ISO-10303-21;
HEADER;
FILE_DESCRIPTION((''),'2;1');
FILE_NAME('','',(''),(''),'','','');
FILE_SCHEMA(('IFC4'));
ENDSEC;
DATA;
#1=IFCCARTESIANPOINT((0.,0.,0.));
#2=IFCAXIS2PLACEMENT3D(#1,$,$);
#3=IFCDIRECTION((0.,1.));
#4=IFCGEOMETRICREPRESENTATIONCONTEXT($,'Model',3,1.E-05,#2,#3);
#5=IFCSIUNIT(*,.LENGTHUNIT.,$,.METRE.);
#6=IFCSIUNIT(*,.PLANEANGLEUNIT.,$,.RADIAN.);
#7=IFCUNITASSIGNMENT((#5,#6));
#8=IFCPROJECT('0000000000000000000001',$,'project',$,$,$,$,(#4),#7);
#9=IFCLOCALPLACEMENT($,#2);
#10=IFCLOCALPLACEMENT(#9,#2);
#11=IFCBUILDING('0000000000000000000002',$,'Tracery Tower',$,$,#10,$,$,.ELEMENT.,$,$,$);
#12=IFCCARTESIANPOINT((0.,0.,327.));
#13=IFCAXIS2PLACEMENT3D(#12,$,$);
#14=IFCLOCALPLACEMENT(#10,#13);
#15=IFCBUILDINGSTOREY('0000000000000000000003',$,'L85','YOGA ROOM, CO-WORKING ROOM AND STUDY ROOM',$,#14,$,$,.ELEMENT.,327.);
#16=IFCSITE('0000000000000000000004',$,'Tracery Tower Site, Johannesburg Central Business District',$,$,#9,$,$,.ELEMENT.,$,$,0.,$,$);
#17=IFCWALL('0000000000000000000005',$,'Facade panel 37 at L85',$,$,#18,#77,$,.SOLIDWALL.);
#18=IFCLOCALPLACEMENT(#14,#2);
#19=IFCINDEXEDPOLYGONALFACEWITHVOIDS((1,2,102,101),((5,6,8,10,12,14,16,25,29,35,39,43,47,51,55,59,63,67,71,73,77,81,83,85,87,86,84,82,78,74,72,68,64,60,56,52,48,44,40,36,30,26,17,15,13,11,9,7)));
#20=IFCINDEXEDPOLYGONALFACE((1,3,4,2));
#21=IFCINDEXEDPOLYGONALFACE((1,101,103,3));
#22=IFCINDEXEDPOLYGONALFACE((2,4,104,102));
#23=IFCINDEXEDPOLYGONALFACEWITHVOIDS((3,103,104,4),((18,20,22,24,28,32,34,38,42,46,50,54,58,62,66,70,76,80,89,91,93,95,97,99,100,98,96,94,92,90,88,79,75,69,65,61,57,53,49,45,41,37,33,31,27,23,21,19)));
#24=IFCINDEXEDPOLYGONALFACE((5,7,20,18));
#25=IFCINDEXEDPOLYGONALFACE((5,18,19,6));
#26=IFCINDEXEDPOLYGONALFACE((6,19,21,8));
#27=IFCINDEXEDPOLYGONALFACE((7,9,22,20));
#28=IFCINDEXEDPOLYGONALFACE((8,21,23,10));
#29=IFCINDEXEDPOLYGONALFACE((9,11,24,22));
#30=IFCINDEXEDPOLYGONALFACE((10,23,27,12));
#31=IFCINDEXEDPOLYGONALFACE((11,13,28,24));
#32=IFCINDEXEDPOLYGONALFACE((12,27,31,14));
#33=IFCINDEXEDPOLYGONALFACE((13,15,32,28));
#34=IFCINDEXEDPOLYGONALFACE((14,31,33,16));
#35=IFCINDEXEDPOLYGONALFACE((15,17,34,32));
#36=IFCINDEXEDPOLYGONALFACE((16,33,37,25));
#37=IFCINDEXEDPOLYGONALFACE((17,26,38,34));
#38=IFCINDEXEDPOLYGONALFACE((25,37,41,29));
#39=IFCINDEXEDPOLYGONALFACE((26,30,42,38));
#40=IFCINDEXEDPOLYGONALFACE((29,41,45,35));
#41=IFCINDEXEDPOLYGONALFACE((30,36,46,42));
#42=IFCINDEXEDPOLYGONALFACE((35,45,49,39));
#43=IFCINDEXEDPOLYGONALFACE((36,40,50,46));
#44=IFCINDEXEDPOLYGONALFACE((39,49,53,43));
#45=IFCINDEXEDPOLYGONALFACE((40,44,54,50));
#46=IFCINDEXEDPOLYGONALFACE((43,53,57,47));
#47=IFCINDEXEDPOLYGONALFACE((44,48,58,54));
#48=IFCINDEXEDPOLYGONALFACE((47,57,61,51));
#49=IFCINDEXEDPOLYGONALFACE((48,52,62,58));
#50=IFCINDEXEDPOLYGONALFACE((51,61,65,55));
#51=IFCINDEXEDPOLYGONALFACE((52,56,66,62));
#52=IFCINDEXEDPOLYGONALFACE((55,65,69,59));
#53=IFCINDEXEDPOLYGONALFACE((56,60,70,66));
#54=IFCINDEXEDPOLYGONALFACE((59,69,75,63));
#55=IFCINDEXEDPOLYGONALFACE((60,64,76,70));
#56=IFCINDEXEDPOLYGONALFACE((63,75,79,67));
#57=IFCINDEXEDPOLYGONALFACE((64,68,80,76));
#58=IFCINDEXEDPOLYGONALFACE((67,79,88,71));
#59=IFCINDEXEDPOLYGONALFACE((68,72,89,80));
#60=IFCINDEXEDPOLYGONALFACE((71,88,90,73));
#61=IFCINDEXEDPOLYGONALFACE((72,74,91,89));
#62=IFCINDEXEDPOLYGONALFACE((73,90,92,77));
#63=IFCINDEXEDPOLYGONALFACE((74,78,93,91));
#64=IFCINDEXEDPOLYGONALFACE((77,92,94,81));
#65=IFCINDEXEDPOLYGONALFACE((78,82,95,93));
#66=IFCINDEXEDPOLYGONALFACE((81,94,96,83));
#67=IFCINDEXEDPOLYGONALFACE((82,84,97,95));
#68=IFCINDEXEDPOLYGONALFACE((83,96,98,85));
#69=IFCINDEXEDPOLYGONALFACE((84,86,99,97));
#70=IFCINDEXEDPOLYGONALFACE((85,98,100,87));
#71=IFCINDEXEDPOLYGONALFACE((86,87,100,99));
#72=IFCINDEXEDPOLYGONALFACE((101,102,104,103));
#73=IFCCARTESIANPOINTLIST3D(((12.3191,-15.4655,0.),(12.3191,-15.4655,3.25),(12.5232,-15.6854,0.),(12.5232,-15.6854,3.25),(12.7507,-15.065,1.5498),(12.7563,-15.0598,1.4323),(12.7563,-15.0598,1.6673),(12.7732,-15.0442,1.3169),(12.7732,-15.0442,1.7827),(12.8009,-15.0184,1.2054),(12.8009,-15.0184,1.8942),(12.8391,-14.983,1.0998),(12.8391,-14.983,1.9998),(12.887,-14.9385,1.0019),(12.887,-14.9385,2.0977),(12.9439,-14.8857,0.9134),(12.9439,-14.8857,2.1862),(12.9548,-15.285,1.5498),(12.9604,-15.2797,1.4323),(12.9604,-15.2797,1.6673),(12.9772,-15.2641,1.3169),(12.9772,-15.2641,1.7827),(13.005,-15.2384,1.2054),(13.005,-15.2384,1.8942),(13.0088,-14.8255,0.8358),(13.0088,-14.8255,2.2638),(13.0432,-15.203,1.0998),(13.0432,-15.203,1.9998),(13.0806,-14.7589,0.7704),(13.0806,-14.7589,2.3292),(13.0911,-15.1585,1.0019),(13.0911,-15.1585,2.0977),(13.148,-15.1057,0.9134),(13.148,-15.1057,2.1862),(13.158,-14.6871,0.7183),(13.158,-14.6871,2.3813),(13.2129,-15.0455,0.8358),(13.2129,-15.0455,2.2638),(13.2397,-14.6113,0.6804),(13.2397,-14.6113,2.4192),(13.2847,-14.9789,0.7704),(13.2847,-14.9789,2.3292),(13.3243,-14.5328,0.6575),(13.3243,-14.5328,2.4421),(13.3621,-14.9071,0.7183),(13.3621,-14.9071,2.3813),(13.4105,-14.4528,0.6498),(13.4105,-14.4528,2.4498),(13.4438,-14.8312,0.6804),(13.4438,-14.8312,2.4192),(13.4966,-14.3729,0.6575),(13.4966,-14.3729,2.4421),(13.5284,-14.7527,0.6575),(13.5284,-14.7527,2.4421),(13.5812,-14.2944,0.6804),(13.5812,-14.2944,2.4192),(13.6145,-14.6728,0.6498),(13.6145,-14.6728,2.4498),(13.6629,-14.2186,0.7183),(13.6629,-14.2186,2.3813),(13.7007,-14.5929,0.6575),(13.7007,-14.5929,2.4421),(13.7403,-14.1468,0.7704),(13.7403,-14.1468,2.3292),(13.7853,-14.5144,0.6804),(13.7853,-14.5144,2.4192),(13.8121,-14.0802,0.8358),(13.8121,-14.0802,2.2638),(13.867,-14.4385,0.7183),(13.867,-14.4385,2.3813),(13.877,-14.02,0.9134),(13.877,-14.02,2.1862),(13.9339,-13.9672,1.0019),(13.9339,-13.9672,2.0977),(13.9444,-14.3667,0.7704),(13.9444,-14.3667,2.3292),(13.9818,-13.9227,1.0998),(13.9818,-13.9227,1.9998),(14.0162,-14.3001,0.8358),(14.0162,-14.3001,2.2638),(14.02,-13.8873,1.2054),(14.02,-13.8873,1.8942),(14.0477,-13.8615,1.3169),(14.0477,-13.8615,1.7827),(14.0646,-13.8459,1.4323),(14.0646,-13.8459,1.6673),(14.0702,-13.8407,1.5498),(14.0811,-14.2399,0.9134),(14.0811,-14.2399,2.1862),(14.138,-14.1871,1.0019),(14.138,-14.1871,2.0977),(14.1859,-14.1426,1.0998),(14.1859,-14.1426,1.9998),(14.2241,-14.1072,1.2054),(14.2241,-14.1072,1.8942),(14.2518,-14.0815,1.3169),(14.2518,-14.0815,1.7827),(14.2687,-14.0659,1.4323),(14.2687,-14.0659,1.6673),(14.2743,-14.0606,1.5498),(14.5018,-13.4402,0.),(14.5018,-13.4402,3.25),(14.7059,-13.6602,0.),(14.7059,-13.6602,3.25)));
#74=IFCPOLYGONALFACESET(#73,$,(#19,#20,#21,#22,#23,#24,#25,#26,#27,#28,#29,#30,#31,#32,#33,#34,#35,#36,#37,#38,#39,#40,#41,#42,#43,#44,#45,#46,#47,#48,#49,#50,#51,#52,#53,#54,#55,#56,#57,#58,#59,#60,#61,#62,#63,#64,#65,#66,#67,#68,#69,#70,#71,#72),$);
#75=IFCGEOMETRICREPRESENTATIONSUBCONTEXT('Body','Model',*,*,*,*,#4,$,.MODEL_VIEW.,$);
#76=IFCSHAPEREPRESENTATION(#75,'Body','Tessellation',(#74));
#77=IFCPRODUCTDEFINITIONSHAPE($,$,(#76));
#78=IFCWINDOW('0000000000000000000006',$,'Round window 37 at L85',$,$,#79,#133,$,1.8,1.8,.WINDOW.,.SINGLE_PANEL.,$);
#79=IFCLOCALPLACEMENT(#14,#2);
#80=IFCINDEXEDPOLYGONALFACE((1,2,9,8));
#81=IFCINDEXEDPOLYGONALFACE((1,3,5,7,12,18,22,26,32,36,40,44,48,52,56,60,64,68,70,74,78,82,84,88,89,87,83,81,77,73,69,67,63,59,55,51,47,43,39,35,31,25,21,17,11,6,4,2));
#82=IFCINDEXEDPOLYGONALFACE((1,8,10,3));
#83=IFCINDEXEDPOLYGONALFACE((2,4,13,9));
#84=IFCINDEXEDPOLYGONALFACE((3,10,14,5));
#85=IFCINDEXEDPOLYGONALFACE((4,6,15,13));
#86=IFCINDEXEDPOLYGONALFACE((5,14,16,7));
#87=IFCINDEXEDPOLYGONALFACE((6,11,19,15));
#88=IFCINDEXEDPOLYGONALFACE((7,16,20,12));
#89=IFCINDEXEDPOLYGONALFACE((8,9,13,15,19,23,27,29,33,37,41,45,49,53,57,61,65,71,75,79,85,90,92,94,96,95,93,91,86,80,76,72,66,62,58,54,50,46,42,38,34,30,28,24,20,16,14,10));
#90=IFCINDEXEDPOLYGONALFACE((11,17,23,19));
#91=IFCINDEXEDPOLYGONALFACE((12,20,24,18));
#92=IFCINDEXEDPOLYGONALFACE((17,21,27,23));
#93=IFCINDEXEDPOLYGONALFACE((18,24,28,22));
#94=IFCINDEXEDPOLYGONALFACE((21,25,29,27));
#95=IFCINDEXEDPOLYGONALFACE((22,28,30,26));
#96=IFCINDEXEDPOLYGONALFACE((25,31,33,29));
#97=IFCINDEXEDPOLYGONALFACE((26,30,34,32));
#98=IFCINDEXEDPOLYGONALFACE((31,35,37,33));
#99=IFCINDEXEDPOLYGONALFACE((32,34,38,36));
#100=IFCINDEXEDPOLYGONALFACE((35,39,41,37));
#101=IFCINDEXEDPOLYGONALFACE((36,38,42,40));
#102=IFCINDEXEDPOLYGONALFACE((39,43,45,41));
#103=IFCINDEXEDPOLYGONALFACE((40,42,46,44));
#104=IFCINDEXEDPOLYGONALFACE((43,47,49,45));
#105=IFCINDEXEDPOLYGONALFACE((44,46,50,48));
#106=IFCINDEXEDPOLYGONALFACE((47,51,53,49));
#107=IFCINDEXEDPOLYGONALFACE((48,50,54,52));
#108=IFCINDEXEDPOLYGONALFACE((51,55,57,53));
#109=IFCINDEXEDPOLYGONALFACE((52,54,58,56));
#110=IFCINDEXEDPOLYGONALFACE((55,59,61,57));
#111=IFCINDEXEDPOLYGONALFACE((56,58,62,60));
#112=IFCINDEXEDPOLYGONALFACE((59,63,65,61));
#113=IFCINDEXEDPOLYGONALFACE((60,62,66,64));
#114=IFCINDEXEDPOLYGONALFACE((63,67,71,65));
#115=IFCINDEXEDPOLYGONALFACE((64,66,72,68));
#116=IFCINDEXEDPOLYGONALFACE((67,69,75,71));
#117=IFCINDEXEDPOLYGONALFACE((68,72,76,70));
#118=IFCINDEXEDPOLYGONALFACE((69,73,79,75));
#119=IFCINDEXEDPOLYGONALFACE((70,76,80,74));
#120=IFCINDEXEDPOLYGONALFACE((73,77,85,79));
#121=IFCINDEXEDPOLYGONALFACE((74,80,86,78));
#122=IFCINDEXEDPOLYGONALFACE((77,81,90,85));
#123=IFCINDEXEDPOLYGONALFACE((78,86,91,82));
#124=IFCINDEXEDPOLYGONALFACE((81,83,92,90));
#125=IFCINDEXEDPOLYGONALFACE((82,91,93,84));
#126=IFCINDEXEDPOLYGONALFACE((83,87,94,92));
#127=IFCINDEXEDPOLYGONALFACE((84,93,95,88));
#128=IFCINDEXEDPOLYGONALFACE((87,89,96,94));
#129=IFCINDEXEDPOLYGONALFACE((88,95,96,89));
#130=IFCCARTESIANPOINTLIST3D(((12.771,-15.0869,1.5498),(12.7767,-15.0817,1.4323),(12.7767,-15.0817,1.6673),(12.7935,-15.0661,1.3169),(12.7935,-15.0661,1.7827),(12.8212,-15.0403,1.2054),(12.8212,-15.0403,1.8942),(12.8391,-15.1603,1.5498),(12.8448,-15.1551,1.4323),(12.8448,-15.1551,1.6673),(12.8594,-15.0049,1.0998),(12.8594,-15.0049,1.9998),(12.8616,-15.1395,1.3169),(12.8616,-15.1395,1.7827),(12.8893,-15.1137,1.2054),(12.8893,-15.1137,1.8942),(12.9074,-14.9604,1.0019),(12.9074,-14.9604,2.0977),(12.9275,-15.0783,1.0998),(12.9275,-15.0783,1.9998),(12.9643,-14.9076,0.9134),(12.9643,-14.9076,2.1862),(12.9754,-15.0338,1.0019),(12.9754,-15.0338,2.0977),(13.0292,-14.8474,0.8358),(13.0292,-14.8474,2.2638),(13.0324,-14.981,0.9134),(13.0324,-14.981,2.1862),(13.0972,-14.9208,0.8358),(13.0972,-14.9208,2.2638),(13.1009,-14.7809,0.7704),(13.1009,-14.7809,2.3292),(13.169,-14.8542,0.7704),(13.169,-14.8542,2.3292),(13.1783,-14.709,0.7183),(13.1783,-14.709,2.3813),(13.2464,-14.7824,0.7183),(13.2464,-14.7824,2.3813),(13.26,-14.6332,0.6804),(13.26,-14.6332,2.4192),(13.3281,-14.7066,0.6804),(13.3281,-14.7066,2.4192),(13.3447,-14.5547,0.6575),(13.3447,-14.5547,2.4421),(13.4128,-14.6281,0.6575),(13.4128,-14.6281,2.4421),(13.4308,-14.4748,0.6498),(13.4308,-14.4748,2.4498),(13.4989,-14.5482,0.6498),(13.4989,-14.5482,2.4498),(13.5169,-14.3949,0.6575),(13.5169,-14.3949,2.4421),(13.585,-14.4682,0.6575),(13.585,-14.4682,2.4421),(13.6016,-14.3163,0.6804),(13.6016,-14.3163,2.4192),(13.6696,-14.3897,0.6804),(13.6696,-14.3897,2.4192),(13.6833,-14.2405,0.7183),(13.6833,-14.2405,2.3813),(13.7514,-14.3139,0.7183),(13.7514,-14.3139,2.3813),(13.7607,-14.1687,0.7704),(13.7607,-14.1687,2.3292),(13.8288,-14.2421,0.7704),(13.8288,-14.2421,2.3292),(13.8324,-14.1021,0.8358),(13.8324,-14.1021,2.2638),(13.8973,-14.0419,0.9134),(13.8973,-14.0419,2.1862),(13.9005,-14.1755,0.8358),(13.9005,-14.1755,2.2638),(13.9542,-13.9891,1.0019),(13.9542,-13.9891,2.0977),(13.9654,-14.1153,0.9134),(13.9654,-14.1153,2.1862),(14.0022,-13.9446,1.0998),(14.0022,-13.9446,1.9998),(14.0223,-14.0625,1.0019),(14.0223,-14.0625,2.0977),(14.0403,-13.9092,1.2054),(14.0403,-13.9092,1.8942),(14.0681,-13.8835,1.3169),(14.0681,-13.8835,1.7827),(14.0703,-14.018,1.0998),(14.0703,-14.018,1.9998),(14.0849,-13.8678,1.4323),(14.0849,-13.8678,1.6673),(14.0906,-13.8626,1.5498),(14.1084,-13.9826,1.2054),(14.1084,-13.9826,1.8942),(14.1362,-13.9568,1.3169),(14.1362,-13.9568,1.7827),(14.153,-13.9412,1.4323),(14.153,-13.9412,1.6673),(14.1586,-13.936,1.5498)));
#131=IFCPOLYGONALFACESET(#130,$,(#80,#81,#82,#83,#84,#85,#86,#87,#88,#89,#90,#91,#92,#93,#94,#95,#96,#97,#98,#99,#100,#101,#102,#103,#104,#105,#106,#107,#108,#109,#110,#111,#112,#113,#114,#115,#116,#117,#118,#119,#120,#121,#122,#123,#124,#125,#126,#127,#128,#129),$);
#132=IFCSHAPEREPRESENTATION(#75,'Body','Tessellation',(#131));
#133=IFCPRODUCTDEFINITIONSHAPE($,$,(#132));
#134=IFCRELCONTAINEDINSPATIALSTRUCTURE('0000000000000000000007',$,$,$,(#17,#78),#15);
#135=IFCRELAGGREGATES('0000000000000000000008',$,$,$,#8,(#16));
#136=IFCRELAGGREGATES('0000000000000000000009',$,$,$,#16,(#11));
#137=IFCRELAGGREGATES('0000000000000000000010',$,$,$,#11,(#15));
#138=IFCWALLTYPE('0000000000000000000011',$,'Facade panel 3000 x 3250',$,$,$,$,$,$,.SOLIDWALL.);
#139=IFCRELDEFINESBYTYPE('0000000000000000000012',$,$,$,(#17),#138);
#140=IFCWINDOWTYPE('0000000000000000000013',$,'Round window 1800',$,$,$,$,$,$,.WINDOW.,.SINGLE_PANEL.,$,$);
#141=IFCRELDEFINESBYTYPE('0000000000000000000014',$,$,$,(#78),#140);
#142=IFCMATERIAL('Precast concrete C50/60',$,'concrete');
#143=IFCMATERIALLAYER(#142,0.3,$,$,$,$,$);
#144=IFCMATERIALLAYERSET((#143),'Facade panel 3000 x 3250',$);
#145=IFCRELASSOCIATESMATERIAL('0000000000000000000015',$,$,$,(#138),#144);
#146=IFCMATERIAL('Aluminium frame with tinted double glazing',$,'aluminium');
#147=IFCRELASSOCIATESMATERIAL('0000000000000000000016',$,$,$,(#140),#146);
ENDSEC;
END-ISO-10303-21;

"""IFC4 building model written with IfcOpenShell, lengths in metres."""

from ifc_helpers import new_model, si_unit, direction, frame, frame_2d, origin, origin_2d, place, context, subcontext, project, spatial, rectangle, circle, extrude, material, layer, layer_set, type_object, element, fill, save


model = new_model("IFC4")

# Units and contexts
model_context = context("Model", 3, precision=1e-05, world=origin(), true_north=direction((0.0, 1.0)))
body_context = subcontext(model_context, "Body", "Model", "MODEL_VIEW")
ifc_project = project(units=[si_unit("LENGTHUNIT", "METRE"), si_unit("PLANEANGLEUNIT", "RADIAN")], contexts=[model_context])

# Site, building, storey
site_placement = place(None, origin())
site = spatial("IfcSite", under=ifc_project, at=site_placement, Name="Tracery Tower Site, Johannesburg Central Business District", CompositionType="ELEMENT", RefElevation=0.0)
building_placement = place(site_placement, origin())
building = spatial("IfcBuilding", under=site, at=building_placement, Name="Tracery Tower", CompositionType="ELEMENT")
storey_placement = place(building_placement, frame((0.0, 0.0, 327.0)))
storey = spatial("IfcBuildingStorey", under=building, at=storey_placement, Name="L85", Description="YOGA ROOM, CO-WORKING ROOM AND STUDY ROOM", CompositionType="ELEMENT", Elevation=327.0)

# Wall, opening, window
ifc_material_1 = material(Name="Precast concrete C50/60", Category="concrete")
ifc_layer_1 = layer(ifc_material_1, 0.3)
ifc_layer_set_1 = layer_set([ifc_layer_1], Name="Facade panel 3000 x 3250")
wall_type_1 = type_object("IfcWallType", Name="Facade panel 3000 x 3250", PredefinedType="SOLIDWALL", material=ifc_layer_set_1)
ifc_material_2 = material(Name="Aluminium frame with tinted double glazing", Category="aluminium")
window_type = type_object("IfcWindowType", Name="Round window 1800", PartitioningType="SINGLE_PANEL", PredefinedType="WINDOW", material=ifc_material_2)
wall_1_placement = place(storey_placement, frame((12.4211, -15.5754, 0.0), z_axis=(0.0, 0.0, 1.0), x_axis=(0.733056, 0.680168, 0.0)))
wall_1 = element("IfcWall", 1, at=wall_1_placement, inside=storey, type_object=wall_type_1, Name="Facade panel 37 at L85", PredefinedType="SOLIDWALL", context=body_context, shape_type="SweptSolid", body=[
    extrude(rectangle(XDim=2.9775, YDim=0.3, at=frame_2d((1.4888, 0.0))), origin(), (0.0, 0.0, 1.0), 3.25),
])
opening_1_placement = place(wall_1_placement, frame((1.4888, 0.0, 1.5498)))
opening_1 = element("IfcOpeningElement", 2, at=opening_1_placement, cuts=wall_1, PredefinedType="OPENING", context=body_context, shape_type="SweptSolid", body=[
    extrude(circle(Radius=0.9, at=origin_2d()), frame((0.0, 0.1599, 0.0), z_axis=(0.0, -1.0, 0.0), x_axis=(1.0, 0.0, 0.0)), (0.0, 0.0, 1.0), 0.3201),
])
window_1_placement = place(opening_1_placement, origin())
window_1 = element("IfcWindow", 3, at=window_1_placement, inside=storey, type_object=window_type, Name="Round window 37 at L85", OverallHeight=1.8, OverallWidth=1.8, PartitioningType="SINGLE_PANEL", PredefinedType="WINDOW", context=body_context, shape_type="SweptSolid", body=[
    extrude(circle(Radius=0.9, at=origin_2d()), frame((0.0, 0.1201, 0.0), z_axis=(0.0, -1.0, 0.0), x_axis=(1.0, 0.0, 0.0)), (0.0, 0.0, 1.0), 0.1001),
])
fill(opening_1, window_1)

save(model, "model.ifc")
